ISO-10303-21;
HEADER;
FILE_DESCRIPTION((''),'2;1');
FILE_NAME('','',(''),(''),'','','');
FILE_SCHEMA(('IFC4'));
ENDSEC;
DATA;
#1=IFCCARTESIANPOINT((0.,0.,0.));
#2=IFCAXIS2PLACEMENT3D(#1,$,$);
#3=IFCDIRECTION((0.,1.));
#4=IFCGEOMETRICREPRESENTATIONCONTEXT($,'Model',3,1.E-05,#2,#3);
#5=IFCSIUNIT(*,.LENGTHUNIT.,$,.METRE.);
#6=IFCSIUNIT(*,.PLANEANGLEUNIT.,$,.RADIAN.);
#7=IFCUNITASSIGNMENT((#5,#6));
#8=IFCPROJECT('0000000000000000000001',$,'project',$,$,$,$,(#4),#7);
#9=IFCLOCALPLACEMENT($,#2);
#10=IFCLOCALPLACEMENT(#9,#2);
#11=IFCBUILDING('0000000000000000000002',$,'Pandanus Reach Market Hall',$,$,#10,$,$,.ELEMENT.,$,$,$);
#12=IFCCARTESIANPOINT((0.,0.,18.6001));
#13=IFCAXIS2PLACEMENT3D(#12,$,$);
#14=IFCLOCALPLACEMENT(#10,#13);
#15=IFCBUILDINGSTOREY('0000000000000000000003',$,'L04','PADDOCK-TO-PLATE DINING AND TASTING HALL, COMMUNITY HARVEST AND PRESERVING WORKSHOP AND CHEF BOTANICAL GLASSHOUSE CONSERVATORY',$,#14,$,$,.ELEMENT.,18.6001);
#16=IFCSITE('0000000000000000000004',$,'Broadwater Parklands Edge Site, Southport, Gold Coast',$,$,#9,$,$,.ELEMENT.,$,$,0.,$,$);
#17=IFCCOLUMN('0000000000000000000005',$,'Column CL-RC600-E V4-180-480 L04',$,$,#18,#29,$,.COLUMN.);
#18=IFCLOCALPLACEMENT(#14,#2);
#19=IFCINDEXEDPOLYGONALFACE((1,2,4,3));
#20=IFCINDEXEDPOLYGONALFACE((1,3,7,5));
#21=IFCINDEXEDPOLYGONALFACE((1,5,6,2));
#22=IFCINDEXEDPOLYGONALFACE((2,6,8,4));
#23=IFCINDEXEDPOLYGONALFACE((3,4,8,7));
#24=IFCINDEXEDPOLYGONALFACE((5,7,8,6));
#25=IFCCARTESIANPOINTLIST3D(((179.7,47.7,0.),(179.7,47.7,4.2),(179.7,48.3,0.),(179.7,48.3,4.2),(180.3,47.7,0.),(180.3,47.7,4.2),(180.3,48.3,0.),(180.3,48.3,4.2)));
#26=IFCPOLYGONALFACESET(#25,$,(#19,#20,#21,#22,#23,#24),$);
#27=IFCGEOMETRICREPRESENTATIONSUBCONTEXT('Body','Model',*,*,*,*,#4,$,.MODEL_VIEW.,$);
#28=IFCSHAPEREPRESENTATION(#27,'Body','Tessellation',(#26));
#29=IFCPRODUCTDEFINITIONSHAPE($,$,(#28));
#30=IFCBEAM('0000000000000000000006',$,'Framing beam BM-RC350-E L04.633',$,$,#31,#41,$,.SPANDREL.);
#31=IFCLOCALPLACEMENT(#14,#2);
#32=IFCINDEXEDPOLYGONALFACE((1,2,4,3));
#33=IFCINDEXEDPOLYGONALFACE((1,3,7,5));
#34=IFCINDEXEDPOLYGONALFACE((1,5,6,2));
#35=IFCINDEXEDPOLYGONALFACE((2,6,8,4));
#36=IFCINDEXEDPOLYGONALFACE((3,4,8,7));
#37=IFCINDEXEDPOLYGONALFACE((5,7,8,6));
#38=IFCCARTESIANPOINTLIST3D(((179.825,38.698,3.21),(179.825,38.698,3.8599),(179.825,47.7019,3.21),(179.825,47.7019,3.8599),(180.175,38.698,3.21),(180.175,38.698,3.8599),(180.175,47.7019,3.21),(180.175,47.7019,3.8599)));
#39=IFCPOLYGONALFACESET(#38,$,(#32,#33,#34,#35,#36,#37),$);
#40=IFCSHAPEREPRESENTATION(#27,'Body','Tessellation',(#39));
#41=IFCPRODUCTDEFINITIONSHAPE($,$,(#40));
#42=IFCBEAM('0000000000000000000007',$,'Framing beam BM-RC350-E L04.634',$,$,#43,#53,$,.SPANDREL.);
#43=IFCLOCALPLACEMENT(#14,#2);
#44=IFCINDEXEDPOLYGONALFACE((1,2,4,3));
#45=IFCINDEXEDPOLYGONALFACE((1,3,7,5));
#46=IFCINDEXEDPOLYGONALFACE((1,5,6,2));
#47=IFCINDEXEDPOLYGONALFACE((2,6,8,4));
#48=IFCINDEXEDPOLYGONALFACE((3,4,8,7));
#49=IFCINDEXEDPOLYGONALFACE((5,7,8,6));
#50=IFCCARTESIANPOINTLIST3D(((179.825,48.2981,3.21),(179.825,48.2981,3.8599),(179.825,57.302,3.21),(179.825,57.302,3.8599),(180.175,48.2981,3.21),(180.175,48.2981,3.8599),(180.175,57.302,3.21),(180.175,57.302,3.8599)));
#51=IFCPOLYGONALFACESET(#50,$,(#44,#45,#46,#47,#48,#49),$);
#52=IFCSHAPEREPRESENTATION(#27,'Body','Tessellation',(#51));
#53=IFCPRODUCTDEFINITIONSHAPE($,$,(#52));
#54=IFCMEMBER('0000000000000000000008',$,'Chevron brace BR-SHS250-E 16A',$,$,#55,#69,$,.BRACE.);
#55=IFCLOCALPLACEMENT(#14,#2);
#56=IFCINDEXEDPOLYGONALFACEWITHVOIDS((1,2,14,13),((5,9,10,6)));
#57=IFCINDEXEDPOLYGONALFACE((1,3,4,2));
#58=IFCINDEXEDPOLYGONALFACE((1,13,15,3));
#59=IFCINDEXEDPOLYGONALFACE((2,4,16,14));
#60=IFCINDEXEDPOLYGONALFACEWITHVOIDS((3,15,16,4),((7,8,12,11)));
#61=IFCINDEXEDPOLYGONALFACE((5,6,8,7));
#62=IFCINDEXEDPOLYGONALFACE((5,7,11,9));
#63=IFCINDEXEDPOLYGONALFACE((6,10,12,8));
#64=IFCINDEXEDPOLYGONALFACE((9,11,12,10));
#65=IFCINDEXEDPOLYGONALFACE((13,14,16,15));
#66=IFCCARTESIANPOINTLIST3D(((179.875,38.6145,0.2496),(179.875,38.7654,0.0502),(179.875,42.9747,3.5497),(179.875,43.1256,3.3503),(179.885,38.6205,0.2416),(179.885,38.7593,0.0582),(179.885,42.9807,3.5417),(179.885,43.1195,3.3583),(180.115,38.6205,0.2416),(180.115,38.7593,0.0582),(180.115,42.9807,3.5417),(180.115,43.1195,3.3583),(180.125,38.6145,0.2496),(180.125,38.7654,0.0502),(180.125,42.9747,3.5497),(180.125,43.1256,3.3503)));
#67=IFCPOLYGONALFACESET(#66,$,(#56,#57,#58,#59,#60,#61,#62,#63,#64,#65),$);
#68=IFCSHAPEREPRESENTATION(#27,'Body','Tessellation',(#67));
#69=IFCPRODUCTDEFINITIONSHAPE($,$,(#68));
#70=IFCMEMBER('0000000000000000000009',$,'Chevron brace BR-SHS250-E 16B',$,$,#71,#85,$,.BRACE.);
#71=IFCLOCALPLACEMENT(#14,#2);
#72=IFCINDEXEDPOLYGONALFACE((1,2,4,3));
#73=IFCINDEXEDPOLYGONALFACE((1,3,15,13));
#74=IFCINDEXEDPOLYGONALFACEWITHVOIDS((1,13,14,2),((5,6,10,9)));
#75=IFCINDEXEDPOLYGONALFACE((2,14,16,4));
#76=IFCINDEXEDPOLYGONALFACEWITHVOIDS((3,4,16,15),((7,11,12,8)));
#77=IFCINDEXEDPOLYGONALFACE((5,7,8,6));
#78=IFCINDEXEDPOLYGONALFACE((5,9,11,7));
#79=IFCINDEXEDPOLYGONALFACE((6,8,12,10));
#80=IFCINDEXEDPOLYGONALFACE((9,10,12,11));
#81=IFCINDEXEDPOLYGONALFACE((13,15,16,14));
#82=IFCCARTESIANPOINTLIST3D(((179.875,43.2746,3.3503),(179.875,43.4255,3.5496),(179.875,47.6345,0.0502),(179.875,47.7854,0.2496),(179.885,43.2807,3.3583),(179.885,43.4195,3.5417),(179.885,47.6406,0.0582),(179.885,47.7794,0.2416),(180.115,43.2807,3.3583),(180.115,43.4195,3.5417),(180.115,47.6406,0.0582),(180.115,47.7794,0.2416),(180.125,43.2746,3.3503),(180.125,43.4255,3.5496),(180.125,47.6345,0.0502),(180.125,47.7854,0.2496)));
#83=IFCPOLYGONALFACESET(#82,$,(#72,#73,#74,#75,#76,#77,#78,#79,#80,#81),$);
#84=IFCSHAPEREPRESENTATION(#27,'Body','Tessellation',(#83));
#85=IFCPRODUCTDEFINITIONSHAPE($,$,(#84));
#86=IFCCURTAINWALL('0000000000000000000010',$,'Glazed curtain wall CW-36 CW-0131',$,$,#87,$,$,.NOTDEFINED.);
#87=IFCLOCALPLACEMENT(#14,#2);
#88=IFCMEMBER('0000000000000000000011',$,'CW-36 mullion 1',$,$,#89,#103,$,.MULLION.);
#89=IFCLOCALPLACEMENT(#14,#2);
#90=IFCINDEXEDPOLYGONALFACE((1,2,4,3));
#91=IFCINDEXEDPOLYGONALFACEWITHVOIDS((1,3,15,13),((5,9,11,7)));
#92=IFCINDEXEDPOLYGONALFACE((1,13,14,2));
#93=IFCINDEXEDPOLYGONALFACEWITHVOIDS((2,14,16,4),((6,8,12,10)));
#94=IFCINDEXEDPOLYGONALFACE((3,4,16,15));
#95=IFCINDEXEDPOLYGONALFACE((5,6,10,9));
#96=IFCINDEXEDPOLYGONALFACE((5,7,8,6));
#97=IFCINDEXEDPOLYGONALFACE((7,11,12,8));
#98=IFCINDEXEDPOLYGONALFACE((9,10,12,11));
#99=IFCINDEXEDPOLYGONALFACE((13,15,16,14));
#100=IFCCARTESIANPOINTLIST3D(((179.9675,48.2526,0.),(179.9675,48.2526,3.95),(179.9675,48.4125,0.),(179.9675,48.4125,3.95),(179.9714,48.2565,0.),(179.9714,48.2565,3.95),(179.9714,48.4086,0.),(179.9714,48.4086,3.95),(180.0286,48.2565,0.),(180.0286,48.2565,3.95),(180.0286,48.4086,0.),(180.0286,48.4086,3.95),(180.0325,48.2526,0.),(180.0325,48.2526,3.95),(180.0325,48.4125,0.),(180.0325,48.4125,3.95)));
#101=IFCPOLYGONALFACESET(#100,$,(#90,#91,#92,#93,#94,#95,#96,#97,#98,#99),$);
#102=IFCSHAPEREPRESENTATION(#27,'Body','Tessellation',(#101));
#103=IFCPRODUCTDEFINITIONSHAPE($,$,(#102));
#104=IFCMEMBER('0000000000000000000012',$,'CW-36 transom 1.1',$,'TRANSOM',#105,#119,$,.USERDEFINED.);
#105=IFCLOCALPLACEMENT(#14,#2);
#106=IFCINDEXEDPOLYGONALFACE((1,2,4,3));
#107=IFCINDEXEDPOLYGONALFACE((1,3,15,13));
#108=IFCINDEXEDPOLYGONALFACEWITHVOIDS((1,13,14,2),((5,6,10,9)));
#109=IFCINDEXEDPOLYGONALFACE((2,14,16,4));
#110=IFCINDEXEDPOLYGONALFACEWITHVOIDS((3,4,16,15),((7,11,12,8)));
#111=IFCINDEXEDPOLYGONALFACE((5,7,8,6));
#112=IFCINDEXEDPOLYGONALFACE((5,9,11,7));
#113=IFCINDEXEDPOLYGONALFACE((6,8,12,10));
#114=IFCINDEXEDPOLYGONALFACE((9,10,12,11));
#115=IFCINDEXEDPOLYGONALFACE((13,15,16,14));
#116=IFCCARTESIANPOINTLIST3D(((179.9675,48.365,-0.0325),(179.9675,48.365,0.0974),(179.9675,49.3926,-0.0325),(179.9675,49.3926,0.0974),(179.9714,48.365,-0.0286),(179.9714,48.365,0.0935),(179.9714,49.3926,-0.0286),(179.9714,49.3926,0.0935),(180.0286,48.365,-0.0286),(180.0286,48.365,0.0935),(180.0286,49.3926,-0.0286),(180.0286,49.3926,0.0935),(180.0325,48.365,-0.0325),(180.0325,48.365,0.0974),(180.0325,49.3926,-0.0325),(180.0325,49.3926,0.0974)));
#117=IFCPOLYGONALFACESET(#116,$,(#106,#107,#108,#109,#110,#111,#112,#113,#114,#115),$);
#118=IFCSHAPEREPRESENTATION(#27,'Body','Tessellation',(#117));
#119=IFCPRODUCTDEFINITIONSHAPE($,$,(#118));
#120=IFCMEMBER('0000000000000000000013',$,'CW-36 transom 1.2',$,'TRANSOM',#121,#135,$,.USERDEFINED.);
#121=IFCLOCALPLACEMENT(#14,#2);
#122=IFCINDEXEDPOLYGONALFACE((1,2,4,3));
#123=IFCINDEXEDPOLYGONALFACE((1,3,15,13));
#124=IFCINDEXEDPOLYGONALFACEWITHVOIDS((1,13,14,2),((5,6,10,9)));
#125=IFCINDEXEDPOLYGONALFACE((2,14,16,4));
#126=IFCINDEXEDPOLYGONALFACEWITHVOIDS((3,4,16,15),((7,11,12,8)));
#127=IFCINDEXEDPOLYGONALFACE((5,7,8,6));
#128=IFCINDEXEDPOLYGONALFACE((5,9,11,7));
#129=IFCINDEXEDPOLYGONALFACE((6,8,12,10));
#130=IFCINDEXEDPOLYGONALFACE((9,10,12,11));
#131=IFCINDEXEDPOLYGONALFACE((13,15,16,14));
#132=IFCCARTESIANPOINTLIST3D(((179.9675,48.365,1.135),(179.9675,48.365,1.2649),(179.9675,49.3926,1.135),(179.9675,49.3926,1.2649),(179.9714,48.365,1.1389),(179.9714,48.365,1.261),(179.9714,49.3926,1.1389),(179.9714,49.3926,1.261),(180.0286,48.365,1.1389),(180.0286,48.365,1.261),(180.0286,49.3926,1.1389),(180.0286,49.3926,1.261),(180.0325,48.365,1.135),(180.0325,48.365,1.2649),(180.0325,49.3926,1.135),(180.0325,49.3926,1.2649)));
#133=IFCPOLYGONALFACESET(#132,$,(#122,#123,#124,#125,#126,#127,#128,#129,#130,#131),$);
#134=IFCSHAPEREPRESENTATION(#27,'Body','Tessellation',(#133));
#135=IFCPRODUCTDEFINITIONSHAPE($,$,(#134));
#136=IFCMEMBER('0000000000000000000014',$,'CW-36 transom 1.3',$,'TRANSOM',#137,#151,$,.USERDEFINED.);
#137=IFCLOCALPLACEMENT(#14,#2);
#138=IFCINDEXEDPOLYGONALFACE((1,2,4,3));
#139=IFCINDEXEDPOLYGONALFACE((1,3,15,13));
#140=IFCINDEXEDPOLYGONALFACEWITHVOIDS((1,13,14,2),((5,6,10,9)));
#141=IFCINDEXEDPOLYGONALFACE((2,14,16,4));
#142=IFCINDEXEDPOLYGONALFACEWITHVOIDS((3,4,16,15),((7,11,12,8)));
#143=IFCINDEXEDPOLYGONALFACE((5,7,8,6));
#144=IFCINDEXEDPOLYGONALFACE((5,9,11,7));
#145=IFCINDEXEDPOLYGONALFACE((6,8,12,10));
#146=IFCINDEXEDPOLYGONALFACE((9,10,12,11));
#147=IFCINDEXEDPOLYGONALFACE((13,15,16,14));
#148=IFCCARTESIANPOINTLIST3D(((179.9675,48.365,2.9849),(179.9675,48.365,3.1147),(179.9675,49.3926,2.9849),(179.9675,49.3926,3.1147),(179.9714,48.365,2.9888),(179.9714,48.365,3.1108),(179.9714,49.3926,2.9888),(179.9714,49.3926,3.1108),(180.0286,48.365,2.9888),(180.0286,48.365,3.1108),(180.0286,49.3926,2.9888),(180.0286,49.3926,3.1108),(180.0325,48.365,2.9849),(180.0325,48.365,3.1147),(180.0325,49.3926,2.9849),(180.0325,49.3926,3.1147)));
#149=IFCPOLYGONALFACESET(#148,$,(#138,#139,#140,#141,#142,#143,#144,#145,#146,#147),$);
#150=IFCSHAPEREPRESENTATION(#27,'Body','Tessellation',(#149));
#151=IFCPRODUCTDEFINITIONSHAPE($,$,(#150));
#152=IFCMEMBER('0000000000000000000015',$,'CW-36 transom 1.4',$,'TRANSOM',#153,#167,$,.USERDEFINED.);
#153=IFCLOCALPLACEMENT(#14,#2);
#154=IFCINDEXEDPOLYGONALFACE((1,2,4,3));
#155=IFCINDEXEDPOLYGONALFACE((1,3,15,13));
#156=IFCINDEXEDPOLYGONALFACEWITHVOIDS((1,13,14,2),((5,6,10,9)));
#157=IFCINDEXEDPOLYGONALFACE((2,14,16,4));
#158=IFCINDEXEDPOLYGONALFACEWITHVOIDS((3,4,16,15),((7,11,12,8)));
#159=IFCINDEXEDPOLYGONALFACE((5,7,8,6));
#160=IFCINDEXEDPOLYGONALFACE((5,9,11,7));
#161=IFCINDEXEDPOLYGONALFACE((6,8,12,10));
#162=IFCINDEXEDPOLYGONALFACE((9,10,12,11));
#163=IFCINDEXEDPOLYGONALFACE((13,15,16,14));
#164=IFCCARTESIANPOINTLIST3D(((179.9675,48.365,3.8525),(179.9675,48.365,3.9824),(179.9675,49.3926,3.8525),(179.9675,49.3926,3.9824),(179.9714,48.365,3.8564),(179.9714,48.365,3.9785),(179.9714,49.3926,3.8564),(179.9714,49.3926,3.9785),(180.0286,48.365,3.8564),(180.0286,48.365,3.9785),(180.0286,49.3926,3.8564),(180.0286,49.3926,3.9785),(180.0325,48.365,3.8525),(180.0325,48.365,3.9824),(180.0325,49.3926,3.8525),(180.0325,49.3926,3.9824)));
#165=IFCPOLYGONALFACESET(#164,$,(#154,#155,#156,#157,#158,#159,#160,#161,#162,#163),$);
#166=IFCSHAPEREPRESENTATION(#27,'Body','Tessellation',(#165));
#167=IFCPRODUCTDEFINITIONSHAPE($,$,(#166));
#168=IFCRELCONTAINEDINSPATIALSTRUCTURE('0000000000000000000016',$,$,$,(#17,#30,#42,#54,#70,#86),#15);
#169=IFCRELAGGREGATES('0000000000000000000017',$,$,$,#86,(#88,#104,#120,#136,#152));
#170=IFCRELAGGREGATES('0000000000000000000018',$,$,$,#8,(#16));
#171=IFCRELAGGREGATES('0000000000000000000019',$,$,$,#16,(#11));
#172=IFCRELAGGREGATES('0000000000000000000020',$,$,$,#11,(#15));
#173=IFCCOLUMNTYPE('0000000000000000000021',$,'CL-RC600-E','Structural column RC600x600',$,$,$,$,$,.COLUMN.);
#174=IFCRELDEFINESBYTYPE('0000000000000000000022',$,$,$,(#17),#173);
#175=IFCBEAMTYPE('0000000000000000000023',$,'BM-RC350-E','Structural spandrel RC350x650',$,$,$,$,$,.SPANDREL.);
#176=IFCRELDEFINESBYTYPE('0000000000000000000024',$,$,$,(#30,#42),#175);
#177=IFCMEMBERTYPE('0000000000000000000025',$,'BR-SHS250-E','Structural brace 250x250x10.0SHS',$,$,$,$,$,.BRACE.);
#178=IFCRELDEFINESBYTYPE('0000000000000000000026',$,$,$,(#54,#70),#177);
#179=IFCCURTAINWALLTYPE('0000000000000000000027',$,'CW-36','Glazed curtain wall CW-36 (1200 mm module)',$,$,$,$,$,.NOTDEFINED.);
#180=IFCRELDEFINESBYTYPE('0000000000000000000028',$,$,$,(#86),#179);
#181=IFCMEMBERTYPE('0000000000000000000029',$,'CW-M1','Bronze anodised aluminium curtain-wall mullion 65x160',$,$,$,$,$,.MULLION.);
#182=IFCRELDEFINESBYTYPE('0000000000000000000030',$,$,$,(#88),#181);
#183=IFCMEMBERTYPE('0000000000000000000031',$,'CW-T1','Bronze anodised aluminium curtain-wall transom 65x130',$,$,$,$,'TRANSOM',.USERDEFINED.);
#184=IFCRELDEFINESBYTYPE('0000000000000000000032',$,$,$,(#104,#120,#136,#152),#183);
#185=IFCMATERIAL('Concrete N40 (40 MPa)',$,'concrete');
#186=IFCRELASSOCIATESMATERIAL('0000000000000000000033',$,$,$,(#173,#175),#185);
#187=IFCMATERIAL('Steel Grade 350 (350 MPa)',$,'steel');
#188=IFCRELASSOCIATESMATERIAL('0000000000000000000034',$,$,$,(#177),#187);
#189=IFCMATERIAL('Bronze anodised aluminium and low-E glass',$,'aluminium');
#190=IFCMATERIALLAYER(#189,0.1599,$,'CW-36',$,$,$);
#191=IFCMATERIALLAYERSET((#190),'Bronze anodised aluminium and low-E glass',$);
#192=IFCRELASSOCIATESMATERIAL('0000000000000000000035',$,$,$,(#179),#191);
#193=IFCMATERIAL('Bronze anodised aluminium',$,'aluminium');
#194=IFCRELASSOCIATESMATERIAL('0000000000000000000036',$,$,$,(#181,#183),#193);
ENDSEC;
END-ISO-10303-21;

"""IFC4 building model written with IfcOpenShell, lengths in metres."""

from ifc_helpers import new_model, si_unit, direction, frame, origin, origin_2d, place, context, subcontext, project, spatial, rectangle, hollow_rectangle, extrude, material, layer, layer_set, material_profile, profile_set, type_object, element, aggregate, save


model = new_model("IFC4")

# Units and contexts
model_context = context("Model", 3, precision=1e-05, world=origin(), true_north=direction((0.0, 1.0)))
body_context = subcontext(model_context, "Body", "Model", "MODEL_VIEW")
ifc_project = project(units=[si_unit("LENGTHUNIT", "METRE"), si_unit("PLANEANGLEUNIT", "RADIAN")], contexts=[model_context])

# Site, building, storey
site_placement = place(None, origin())
site = spatial("IfcSite", under=ifc_project, at=site_placement, Name="Broadwater Parklands Edge Site, Southport, Gold Coast", CompositionType="ELEMENT", RefElevation=0.0)
building_placement = place(site_placement, origin())
building = spatial("IfcBuilding", under=site, at=building_placement, Name="Pandanus Reach Market Hall", CompositionType="ELEMENT")
storey_placement = place(building_placement, frame((0.0, 0.0, 18.6001)))
storey = spatial("IfcBuildingStorey", under=building, at=storey_placement, Name="L04", Description="PADDOCK-TO-PLATE DINING AND TASTING HALL, COMMUNITY HARVEST AND PRESERVING WORKSHOP AND CHEF BOTANICAL GLASSHOUSE CONSERVATORY", CompositionType="ELEMENT", Elevation=18.6001)

# Column
ifc_material_1 = material(Name="Concrete N40 (40 MPa)", Category="concrete")
ifc_material_profile_1 = material_profile(ifc_material_1, rectangle(XDim=0.6001, YDim=0.6001, at=origin_2d()), Name="RC600x600", Category="LoadBearing")
ifc_profile_set_1 = profile_set([ifc_material_profile_1], Name="Concrete N40 (40 MPa)")
column_type = type_object("IfcColumnType", Name="CL-RC600-E", Description="Structural column RC600x600", PredefinedType="COLUMN", material=ifc_profile_set_1)
column_placement = place(storey_placement, frame((180.0, 48.0, 0.0), z_axis=(0.0, 0.0, 1.0), x_axis=(1.0, 0.0, 0.0)))
element("IfcColumn", 1, at=column_placement, inside=storey, type_object=column_type, Name="Column CL-RC600-E V4-180-480 L04", PredefinedType="COLUMN", context=body_context, shape_type="SweptSolid", body=[
    extrude(rectangle(XDim=0.6001, YDim=0.6001, at=origin_2d()), origin(), (0.0, 0.0, 1.0), 4.2),
])

# Beams
ifc_material_profile_2 = material_profile(ifc_material_1, rectangle(XDim=0.3501, YDim=0.6499, at=origin_2d()), Name="RC350x650", Category="LoadBearing")
ifc_profile_set_2 = profile_set([ifc_material_profile_2], Name="Concrete N40 (40 MPa)")
beam_type_1 = type_object("IfcBeamType", Name="BM-RC350-E", Description="Structural spandrel RC350x650", PredefinedType="SPANDREL", material=ifc_profile_set_2)
for number, where, z_axis, x_axis, name in (
    (2, (180.0, 38.698, 3.5349), (0.0, 1.0, 0.0), (-1.0, 0.0, 0.0), "Framing beam BM-RC350-E L04.633"),
    (3, (180.0, 48.2981, 3.5349), (0.0, 1.0, 0.0), (-1.0, 0.0, 0.0), "Framing beam BM-RC350-E L04.634"),
):
    element("IfcBeam", number, at=place(storey_placement, frame(where, z_axis=z_axis, x_axis=x_axis)), inside=storey, type_object=beam_type_1, Name=name, PredefinedType="SPANDREL", context=body_context, shape_type="SweptSolid", body=[
        extrude(rectangle(XDim=0.3501, YDim=0.6499, at=origin_2d()), origin(), (0.0, 0.0, 1.0), 9.0039),
    ])

# Members
ifc_material_2 = material(Name="Steel Grade 350 (350 MPa)", Category="steel")
ifc_material_profile_3 = material_profile(ifc_material_2, hollow_rectangle(XDim=0.25, YDim=0.25, WallThickness=0.01, at=origin_2d()), Name="250x250x10.0SHS", Category="LoadBearing")
ifc_profile_set_3 = profile_set([ifc_material_profile_3], Name="Steel Grade 350 (350 MPa)")
member_type_1 = type_object("IfcMemberType", Name="BR-SHS250-E", Description="Structural brace 250x250x10.0SHS", PredefinedType="BRACE", material=ifc_profile_set_3)
member_1_placement = place(storey_placement, frame((180.0, 38.6899, 0.1499), z_axis=(0.0, 0.797362, 0.603502), x_axis=(-1.0, 0.0, 0.0)))
element("IfcMember", 4, at=member_1_placement, inside=storey, type_object=member_type_1, Name="Chevron brace BR-SHS250-E 16A", PredefinedType="BRACE", context=body_context, shape_type="SweptSolid", body=[
    extrude(hollow_rectangle(XDim=0.25, YDim=0.25, WallThickness=0.01, at=origin_2d()), origin(), (0.0, 0.0, 1.0), 5.4683),
])
member_2_placement = place(storey_placement, frame((180.0, 47.71, 0.1499), z_axis=(0.0, -0.797345, 0.603523), x_axis=(1.0, 0.0, 0.0)))
element("IfcMember", 5, at=member_2_placement, inside=storey, type_object=member_type_1, Name="Chevron brace BR-SHS250-E 16B", PredefinedType="BRACE", context=body_context, shape_type="SweptSolid", body=[
    extrude(hollow_rectangle(XDim=0.25, YDim=0.25, WallThickness=0.01, at=origin_2d()), origin(), (0.0, 0.0, 1.0), 5.468),
])

# Curtain wall, members
ifc_material_3 = material(Name="Bronze anodised aluminium and low-E glass", Category="aluminium")
ifc_layer_1 = layer(ifc_material_3, 0.1599, Name="CW-36")
ifc_layer_set_1 = layer_set([ifc_layer_1], Name="Bronze anodised aluminium and low-E glass")
curtain_wall_type = type_object("IfcCurtainWallType", Name="CW-36", Description="Glazed curtain wall CW-36 (1200 mm module)", PredefinedType="NOTDEFINED", material=ifc_layer_set_1)
curtain_wall_placement = place(storey_placement, origin())
curtain_wall = element("IfcCurtainWall", 6, at=curtain_wall_placement, inside=storey, type_object=curtain_wall_type, Name="Glazed curtain wall CW-36 CW-0131", PredefinedType="NOTDEFINED")
ifc_material_4 = material(Name="Bronze anodised aluminium", Category="aluminium")
ifc_material_profile_4 = material_profile(ifc_material_4, hollow_rectangle(XDim=0.0649, YDim=0.1599, WallThickness=0.0039, at=origin_2d()), Name="ALU65x160", Category="LoadBearing")
ifc_profile_set_4 = profile_set([ifc_material_profile_4], Name="Bronze anodised aluminium")
member_type_2 = type_object("IfcMemberType", Name="CW-M1", Description="Bronze anodised aluminium curtain-wall mullion 65x160", PredefinedType="MULLION", material=ifc_profile_set_4)
member_3_placement = place(storey_placement, frame((180.0, 48.3325, 0.0), z_axis=(0.0, 0.0, 1.0), x_axis=(-1.0, 0.0, 0.0)))
member_3 = element("IfcMember", 7, at=member_3_placement, type_object=member_type_2, Name="CW-36 mullion 1", PredefinedType="MULLION", context=body_context, shape_type="SweptSolid", body=[
    extrude(hollow_rectangle(XDim=0.0649, YDim=0.1599, WallThickness=0.0039, at=origin_2d()), origin(), (0.0, 0.0, 1.0), 3.95),
])
ifc_material_profile_5 = material_profile(ifc_material_4, hollow_rectangle(XDim=0.0649, YDim=0.1299, WallThickness=0.0039, at=origin_2d()), Name="ALU65x130", Category="LoadBearing")
ifc_profile_set_5 = profile_set([ifc_material_profile_5], Name="Bronze anodised aluminium")
member_type_3 = type_object("IfcMemberType", Name="CW-T1", Description="Bronze anodised aluminium curtain-wall transom 65x130", ElementType="TRANSOM", PredefinedType="USERDEFINED", material=ifc_profile_set_5)
member_4_placement = place(storey_placement, frame((180.0, 48.365, 0.0325), z_axis=(0.0, 1.0, 0.0), x_axis=(-1.0, 0.0, 0.0)))
member_4 = element("IfcMember", 8, at=member_4_placement, type_object=member_type_3, Name="CW-36 transom 1.1", ObjectType="TRANSOM", PredefinedType="USERDEFINED", context=body_context, shape_type="SweptSolid", body=[
    extrude(hollow_rectangle(XDim=0.0649, YDim=0.1299, WallThickness=0.0039, at=origin_2d()), origin(), (0.0, 0.0, 1.0), 1.0276),
])
member_5_placement = place(storey_placement, frame((180.0, 48.365, 1.2), z_axis=(0.0, 1.0, 0.0), x_axis=(-1.0, 0.0, 0.0)))
member_5 = element("IfcMember", 9, at=member_5_placement, type_object=member_type_3, Name="CW-36 transom 1.2", ObjectType="TRANSOM", PredefinedType="USERDEFINED", context=body_context, shape_type="SweptSolid", body=[
    extrude(hollow_rectangle(XDim=0.0649, YDim=0.1299, WallThickness=0.0039, at=origin_2d()), origin(), (0.0, 0.0, 1.0), 1.0276),
])
member_6_placement = place(storey_placement, frame((180.0, 48.365, 3.0498), z_axis=(0.0, 1.0, 0.0), x_axis=(-1.0, 0.0, 0.0)))
member_6 = element("IfcMember", 10, at=member_6_placement, type_object=member_type_3, Name="CW-36 transom 1.3", ObjectType="TRANSOM", PredefinedType="USERDEFINED", context=body_context, shape_type="SweptSolid", body=[
    extrude(hollow_rectangle(XDim=0.0649, YDim=0.1299, WallThickness=0.0039, at=origin_2d()), origin(), (0.0, 0.0, 1.0), 1.0276),
])
member_7_placement = place(storey_placement, frame((180.0, 48.365, 3.9175), z_axis=(0.0, 1.0, 0.0), x_axis=(-1.0, 0.0, 0.0)))
member_7 = element("IfcMember", 11, at=member_7_placement, type_object=member_type_3, Name="CW-36 transom 1.4", ObjectType="TRANSOM", PredefinedType="USERDEFINED", context=body_context, shape_type="SweptSolid", body=[
    extrude(hollow_rectangle(XDim=0.0649, YDim=0.1299, WallThickness=0.0039, at=origin_2d()), origin(), (0.0, 0.0, 1.0), 1.0276),
])

aggregate(curtain_wall, [member_3, member_4, member_5, member_6, member_7])

save(model, "model.ifc")
